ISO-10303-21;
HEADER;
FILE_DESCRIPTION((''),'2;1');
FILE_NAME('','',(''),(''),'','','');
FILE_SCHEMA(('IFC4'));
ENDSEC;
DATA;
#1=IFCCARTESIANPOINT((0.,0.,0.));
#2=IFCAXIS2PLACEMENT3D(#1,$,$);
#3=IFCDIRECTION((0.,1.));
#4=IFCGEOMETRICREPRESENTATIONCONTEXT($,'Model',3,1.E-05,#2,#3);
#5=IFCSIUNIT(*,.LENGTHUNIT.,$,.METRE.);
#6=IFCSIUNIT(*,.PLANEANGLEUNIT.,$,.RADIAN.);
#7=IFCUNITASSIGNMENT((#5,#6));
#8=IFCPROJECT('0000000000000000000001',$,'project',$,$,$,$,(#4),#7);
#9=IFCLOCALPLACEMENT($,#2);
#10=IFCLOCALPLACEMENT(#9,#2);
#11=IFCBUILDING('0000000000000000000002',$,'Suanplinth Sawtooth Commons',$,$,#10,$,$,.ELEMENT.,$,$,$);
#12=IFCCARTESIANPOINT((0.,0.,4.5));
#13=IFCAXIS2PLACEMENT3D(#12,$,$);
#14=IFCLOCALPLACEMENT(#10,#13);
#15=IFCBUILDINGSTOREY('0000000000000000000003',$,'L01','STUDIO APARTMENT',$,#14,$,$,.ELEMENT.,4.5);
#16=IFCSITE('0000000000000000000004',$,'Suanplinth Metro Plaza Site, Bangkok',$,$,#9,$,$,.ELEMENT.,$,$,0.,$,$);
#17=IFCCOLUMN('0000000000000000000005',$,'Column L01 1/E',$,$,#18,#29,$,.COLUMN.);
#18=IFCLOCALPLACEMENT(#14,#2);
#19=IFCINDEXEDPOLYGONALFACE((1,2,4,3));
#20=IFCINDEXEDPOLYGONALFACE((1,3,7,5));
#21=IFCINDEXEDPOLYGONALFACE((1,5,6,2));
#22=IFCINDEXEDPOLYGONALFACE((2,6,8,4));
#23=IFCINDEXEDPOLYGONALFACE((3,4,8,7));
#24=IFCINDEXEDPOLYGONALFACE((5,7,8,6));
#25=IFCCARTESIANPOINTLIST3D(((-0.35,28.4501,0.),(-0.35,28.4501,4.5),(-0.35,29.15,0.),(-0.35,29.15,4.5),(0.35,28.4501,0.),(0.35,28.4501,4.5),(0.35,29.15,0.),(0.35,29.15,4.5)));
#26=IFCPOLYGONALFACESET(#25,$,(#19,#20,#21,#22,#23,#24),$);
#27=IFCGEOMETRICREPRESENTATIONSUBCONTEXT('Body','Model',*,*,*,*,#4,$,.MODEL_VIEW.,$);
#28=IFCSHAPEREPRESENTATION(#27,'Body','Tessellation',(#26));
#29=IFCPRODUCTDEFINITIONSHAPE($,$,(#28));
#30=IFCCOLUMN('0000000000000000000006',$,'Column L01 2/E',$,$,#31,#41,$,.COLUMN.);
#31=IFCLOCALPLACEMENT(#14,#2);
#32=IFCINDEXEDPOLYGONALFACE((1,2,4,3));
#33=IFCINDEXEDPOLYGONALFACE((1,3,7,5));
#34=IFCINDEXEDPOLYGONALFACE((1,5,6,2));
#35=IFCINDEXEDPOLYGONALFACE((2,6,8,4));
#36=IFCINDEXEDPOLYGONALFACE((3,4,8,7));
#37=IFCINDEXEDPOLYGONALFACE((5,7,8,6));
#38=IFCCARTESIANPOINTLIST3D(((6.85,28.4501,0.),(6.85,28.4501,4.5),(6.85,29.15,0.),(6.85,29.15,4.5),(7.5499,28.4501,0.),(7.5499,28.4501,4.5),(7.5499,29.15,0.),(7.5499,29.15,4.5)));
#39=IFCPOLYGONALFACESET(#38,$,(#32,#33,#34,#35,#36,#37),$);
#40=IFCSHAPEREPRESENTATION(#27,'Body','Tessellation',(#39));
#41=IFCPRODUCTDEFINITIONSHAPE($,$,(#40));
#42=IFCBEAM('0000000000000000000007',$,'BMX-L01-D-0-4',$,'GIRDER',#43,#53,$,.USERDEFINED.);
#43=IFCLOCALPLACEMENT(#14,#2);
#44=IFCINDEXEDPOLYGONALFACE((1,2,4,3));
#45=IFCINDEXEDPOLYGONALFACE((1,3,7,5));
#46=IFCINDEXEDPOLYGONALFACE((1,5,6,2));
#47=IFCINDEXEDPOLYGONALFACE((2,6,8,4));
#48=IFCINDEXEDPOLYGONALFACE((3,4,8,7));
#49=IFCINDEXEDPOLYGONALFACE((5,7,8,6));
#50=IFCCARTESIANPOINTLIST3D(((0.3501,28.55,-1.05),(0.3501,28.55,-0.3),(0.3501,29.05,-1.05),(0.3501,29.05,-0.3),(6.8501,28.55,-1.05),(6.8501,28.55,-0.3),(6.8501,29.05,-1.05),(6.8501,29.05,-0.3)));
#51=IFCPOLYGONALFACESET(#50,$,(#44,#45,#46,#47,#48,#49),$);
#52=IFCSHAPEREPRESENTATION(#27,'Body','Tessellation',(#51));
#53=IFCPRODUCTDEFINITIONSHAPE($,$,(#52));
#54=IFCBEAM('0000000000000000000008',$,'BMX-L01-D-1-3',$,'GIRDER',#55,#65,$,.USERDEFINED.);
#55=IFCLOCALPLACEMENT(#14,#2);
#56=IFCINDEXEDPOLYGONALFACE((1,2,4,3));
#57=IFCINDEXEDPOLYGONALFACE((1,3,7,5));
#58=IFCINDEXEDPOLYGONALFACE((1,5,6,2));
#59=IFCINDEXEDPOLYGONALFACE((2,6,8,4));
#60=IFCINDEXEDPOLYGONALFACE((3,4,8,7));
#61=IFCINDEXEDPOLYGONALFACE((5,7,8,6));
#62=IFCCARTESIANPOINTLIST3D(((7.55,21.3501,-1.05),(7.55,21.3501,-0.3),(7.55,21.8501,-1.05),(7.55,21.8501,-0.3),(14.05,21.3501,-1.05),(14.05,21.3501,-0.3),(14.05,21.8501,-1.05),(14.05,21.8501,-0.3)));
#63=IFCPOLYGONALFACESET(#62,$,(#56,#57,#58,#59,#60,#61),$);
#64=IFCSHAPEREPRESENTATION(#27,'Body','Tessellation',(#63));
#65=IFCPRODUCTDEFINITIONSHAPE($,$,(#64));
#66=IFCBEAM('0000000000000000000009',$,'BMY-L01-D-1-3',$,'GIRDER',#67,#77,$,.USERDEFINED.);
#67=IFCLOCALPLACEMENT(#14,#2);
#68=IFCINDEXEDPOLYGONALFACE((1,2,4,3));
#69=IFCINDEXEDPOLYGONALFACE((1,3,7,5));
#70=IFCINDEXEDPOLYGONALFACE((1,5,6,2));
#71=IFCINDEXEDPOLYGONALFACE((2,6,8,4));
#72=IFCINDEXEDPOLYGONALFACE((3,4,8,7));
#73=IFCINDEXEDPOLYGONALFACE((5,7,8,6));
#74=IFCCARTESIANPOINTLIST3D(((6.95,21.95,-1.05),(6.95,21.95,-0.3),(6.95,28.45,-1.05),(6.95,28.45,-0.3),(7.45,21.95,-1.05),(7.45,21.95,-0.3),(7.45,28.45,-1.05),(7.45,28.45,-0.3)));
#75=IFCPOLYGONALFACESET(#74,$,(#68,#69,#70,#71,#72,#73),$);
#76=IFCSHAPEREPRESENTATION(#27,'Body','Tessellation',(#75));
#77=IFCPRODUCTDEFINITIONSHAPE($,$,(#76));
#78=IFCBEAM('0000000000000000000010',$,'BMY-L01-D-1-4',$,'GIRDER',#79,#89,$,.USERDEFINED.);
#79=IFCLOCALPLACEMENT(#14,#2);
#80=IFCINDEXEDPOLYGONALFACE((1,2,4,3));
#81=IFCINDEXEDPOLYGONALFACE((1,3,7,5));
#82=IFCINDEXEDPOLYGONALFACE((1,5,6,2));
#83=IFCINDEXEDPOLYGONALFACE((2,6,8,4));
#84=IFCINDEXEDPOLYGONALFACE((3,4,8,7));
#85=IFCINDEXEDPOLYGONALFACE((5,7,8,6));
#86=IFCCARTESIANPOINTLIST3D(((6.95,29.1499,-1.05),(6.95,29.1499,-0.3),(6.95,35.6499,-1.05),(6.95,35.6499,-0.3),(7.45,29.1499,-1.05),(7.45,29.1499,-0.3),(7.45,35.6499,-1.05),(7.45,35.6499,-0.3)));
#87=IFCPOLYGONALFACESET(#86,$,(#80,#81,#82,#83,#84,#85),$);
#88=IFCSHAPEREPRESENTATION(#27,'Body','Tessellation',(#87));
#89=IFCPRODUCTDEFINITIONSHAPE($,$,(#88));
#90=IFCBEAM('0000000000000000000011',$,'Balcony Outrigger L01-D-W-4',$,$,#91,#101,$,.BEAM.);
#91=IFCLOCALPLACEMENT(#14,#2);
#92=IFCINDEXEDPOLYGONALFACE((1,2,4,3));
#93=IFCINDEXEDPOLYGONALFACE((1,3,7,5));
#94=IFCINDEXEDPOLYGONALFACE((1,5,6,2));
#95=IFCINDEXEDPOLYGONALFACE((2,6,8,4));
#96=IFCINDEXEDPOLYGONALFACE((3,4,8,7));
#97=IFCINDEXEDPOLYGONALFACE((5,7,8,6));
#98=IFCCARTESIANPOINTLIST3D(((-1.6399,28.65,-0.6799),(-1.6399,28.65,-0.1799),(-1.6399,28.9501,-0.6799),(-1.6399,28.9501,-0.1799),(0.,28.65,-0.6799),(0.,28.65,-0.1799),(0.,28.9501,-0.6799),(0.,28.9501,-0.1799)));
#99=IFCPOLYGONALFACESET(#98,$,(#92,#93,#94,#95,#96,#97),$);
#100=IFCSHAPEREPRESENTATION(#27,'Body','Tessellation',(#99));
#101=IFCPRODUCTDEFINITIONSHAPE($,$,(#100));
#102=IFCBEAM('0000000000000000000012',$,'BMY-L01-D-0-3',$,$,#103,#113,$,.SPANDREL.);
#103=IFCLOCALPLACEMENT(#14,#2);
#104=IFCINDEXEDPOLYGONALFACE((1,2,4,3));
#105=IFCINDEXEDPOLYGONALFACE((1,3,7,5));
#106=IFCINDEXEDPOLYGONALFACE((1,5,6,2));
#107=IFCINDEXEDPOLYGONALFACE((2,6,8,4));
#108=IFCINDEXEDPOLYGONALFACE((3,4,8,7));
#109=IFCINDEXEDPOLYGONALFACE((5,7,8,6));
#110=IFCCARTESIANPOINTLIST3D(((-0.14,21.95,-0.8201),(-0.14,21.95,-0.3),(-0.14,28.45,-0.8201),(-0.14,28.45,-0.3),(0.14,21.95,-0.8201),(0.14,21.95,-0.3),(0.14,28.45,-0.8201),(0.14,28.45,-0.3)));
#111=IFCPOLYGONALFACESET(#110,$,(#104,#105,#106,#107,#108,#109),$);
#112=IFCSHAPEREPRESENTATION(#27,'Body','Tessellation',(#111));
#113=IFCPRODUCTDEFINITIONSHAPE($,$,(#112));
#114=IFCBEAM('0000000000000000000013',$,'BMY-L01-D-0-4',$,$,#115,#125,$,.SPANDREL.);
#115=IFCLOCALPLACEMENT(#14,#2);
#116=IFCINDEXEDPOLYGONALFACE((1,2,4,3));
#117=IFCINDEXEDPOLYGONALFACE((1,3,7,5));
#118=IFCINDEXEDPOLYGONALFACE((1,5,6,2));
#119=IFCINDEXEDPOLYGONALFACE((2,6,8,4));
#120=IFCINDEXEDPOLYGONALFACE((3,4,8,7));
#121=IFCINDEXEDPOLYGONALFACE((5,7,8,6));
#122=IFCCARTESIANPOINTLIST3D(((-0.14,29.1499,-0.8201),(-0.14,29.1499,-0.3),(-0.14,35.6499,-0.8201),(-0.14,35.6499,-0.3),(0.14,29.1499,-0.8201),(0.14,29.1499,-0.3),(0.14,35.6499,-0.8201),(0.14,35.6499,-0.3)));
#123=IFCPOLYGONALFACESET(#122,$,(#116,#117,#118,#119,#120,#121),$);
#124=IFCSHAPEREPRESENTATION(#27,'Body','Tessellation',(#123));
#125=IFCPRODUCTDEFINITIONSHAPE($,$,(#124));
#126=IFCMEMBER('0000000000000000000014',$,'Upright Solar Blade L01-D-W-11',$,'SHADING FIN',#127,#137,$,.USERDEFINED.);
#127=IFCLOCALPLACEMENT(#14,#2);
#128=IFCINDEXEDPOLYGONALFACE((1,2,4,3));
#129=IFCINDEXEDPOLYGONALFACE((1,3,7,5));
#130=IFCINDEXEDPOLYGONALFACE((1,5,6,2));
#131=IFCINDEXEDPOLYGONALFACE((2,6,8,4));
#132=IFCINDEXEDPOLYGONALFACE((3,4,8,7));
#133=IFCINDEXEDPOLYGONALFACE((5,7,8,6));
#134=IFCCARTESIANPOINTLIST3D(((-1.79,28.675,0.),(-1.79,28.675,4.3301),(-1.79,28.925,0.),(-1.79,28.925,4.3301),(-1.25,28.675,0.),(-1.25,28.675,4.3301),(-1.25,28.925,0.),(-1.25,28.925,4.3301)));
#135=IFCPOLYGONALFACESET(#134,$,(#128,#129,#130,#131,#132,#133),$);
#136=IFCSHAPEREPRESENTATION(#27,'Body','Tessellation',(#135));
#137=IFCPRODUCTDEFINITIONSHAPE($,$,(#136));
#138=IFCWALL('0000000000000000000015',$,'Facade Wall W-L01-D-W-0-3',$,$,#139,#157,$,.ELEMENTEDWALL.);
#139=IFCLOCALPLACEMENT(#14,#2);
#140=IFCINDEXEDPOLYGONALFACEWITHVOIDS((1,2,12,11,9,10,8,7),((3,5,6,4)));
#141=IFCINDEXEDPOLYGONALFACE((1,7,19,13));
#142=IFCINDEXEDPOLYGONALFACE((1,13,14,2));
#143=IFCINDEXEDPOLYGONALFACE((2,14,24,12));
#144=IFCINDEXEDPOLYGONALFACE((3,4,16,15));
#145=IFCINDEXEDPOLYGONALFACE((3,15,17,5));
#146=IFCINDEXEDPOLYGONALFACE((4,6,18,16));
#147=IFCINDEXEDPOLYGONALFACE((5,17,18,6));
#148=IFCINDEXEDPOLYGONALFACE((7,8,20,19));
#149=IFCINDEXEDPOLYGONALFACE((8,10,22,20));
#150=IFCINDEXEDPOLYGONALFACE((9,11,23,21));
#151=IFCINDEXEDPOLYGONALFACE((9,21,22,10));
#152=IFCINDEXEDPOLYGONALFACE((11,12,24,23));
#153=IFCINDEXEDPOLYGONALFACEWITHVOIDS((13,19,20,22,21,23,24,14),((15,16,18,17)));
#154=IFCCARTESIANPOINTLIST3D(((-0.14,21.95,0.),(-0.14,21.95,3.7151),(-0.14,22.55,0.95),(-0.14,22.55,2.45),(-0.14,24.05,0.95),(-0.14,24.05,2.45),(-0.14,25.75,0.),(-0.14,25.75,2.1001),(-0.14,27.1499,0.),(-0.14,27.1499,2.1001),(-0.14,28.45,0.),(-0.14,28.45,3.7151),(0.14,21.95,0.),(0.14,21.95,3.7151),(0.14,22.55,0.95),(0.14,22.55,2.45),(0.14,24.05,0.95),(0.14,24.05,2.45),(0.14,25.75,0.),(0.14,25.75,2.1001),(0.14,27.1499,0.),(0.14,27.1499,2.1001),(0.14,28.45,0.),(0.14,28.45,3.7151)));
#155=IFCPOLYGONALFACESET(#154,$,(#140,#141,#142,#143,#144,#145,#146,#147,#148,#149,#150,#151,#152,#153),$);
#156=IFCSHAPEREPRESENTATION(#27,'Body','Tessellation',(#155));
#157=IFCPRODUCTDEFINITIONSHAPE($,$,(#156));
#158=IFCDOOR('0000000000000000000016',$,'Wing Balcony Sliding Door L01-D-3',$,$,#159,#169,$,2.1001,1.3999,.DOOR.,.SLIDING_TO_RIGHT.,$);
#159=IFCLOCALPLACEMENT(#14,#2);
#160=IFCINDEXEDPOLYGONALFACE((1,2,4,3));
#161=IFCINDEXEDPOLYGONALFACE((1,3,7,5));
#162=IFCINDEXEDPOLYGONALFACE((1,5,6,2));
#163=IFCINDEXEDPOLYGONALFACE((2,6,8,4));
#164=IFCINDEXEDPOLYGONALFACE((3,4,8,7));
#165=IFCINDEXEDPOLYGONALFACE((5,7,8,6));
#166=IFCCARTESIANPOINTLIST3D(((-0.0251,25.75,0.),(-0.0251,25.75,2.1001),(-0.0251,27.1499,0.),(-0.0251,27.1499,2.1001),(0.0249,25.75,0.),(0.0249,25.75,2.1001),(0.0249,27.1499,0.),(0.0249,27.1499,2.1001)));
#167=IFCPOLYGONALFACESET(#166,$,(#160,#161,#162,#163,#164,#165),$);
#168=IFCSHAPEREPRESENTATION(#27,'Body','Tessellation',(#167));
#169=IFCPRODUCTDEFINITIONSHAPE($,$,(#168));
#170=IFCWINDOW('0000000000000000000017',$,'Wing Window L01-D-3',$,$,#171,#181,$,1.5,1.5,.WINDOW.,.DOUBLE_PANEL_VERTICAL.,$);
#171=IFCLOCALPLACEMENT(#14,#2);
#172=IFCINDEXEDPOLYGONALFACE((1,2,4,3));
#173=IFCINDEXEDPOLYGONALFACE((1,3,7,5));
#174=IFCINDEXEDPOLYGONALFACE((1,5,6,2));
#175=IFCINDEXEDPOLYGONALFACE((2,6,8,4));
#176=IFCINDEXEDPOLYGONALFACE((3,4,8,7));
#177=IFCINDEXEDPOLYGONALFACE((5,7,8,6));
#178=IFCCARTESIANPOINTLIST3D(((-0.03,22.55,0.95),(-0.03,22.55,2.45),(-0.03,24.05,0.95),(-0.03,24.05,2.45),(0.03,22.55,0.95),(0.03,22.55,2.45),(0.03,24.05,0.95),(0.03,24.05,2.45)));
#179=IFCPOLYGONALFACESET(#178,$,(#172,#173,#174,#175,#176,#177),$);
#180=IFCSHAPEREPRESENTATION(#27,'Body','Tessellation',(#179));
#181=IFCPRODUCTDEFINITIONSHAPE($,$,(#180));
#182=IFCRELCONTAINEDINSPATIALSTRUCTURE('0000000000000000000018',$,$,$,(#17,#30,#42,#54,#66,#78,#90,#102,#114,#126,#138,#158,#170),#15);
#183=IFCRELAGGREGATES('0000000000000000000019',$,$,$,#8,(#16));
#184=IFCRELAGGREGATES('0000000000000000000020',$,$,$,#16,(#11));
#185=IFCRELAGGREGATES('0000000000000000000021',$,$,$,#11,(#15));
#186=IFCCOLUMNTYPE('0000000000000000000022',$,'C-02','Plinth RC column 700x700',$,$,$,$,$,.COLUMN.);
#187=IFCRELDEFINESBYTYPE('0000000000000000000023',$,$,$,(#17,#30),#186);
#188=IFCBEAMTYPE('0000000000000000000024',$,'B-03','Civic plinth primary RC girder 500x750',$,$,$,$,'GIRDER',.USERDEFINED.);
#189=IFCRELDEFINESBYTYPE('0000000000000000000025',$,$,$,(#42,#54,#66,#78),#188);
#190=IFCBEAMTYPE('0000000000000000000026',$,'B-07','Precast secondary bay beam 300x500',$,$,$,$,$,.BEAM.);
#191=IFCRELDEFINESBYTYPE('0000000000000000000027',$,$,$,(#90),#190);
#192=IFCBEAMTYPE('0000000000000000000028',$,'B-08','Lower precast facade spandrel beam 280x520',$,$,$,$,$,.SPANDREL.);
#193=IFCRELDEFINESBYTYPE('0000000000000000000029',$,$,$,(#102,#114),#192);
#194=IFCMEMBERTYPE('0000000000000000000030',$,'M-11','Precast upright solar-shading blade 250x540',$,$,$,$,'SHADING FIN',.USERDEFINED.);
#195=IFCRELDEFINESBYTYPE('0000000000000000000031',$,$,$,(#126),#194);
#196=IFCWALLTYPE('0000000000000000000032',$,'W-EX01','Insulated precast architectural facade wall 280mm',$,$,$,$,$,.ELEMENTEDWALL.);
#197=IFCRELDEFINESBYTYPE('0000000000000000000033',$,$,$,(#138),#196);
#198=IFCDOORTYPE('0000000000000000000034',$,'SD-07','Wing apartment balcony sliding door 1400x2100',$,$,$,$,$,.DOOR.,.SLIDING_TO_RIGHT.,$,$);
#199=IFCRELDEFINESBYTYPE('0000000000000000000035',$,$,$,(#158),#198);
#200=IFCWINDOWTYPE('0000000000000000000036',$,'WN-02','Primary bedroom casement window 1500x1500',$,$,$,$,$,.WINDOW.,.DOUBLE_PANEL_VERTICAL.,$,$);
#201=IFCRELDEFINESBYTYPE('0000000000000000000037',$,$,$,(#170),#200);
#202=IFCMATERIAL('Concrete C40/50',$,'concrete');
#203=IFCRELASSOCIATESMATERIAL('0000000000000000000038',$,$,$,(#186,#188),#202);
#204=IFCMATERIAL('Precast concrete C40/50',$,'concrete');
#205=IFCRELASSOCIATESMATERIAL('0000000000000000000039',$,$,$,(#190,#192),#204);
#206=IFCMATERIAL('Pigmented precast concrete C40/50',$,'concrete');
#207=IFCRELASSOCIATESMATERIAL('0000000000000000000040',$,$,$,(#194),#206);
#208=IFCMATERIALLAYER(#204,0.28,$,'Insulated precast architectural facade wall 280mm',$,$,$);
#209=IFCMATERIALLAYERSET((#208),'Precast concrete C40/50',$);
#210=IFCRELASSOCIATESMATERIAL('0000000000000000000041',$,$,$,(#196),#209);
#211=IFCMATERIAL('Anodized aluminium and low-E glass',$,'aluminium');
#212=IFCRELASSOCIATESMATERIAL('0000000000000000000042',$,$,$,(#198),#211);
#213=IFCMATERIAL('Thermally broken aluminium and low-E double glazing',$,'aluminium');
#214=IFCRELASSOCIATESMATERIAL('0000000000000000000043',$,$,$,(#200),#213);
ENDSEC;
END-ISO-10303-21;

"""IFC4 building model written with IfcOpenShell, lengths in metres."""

from ifc_helpers import new_model, si_unit, direction, frame, frame_2d, origin, origin_2d, place, context, subcontext, project, spatial, rectangle, extrude, material, layer, layer_set, material_profile, profile_set, type_object, element, fill, save


model = new_model("IFC4")

# Units and contexts
model_context = context("Model", 3, precision=1e-05, world=origin(), true_north=direction((0.0, 1.0)))
body_context = subcontext(model_context, "Body", "Model", "MODEL_VIEW")
ifc_project = project(units=[si_unit("LENGTHUNIT", "METRE"), si_unit("PLANEANGLEUNIT", "RADIAN")], contexts=[model_context])

# Site, building, storey
site_placement = place(None, origin())
site = spatial("IfcSite", under=ifc_project, at=site_placement, Name="Suanplinth Metro Plaza Site, Bangkok", CompositionType="ELEMENT", RefElevation=0.0)
building_placement = place(site_placement, origin())
building = spatial("IfcBuilding", under=site, at=building_placement, Name="Suanplinth Sawtooth Commons", CompositionType="ELEMENT")
storey_placement = place(building_placement, frame((0.0, 0.0, 4.5)))
storey = spatial("IfcBuildingStorey", under=building, at=storey_placement, Name="L01", Description="STUDIO APARTMENT", CompositionType="ELEMENT", Elevation=4.5)

# Columns
ifc_material_1 = material(Name="Concrete C40/50", Category="concrete")
ifc_material_profile_1 = material_profile(ifc_material_1, rectangle(XDim=0.7, YDim=0.7, at=origin_2d()), Name="RC-COL 700x700")
ifc_profile_set_1 = profile_set([ifc_material_profile_1], Name="Concrete C40/50")
column_type = type_object("IfcColumnType", Name="C-02", Description="Plinth RC column 700x700", PredefinedType="COLUMN", material=ifc_profile_set_1)
for number, where, z_axis, x_axis, name in (
    (1, (0.0, 28.8, 0.0), (0.0, 0.0, 1.0), (1.0, 0.0, 0.0), "Column L01 1/E"),
    (2, (7.2, 28.8, 0.0), (0.0, 0.0, 1.0), (1.0, 0.0, 0.0), "Column L01 2/E"),
):
    element("IfcColumn", number, at=place(storey_placement, frame(where, z_axis=z_axis, x_axis=x_axis)), inside=storey, type_object=column_type, Name=name, PredefinedType="COLUMN", context=body_context, shape_type="SweptSolid", body=[
        extrude(rectangle(XDim=0.7, YDim=0.7, at=origin_2d()), origin(), (0.0, 0.0, 1.0), 4.5),
    ])

# Beams
ifc_material_profile_2 = material_profile(ifc_material_1, rectangle(XDim=0.5, YDim=0.75, at=origin_2d()), Name="RC-GDR 500x750")
ifc_profile_set_2 = profile_set([ifc_material_profile_2], Name="Concrete C40/50")
beam_type_1 = type_object("IfcBeamType", Name="B-03", Description="Civic plinth primary RC girder 500x750", ElementType="GIRDER", PredefinedType="USERDEFINED", material=ifc_profile_set_2)
for number, where, z_axis, x_axis, name in (
    (3, (0.3501, 28.8, -0.675), (1.0, 0.0, 0.0), (0.0, 1.0, 0.0), "BMX-L01-D-0-4"),
    (4, (7.55, 21.6001, -0.675), (1.0, 0.0, 0.0), (0.0, 1.0, 0.0), "BMX-L01-D-1-3"),
    (5, (7.2, 21.95, -0.675), (0.0, 1.0, 0.0), (-1.0, 0.0, 0.0), "BMY-L01-D-1-3"),
    (6, (7.2, 29.1499, -0.675), (0.0, 1.0, 0.0), (-1.0, 0.0, 0.0), "BMY-L01-D-1-4"),
):
    element("IfcBeam", number, at=place(storey_placement, frame(where, z_axis=z_axis, x_axis=x_axis)), inside=storey, type_object=beam_type_1, Name=name, ObjectType="GIRDER", PredefinedType="USERDEFINED", context=body_context, shape_type="SweptSolid", body=[
        extrude(rectangle(XDim=0.5, YDim=0.75, at=origin_2d()), origin(), (0.0, 0.0, 1.0), 6.5),
    ])
ifc_material_2 = material(Name="Precast concrete C40/50", Category="concrete")
ifc_material_profile_3 = material_profile(ifc_material_2, rectangle(XDim=0.3, YDim=0.5, at=origin_2d()), Name="PC-BM 300x500")
ifc_profile_set_3 = profile_set([ifc_material_profile_3], Name="Precast concrete C40/50")
beam_type_2 = type_object("IfcBeamType", Name="B-07", Description="Precast secondary bay beam 300x500", PredefinedType="BEAM", material=ifc_profile_set_3)
beam_placement = place(storey_placement, frame((0.0, 28.8, -0.4299), z_axis=(-1.0, 0.0, 0.0), x_axis=(0.0, -1.0, 0.0)))
element("IfcBeam", 7, at=beam_placement, inside=storey, type_object=beam_type_2, Name="Balcony Outrigger L01-D-W-4", PredefinedType="BEAM", context=body_context, shape_type="SweptSolid", body=[
    extrude(rectangle(XDim=0.3, YDim=0.5, at=origin_2d()), origin(), (0.0, 0.0, 1.0), 1.6399),
])
ifc_material_profile_4 = material_profile(ifc_material_2, rectangle(XDim=0.28, YDim=0.52, at=origin_2d()), Name="PC-SP 280x520")
ifc_profile_set_4 = profile_set([ifc_material_profile_4], Name="Precast concrete C40/50")
beam_type_3 = type_object("IfcBeamType", Name="B-08", Description="Lower precast facade spandrel beam 280x520", PredefinedType="SPANDREL", material=ifc_profile_set_4)
for number, where, z_axis, x_axis, name in (
    (8, (0.0, 21.95, -0.5601), (0.0, 1.0, 0.0), (-1.0, 0.0, 0.0), "BMY-L01-D-0-3"),
    (9, (0.0, 29.1499, -0.5601), (0.0, 1.0, 0.0), (-1.0, 0.0, 0.0), "BMY-L01-D-0-4"),
):
    element("IfcBeam", number, at=place(storey_placement, frame(where, z_axis=z_axis, x_axis=x_axis)), inside=storey, type_object=beam_type_3, Name=name, PredefinedType="SPANDREL", context=body_context, shape_type="SweptSolid", body=[
        extrude(rectangle(XDim=0.28, YDim=0.52, at=origin_2d()), origin(), (0.0, 0.0, 1.0), 6.5),
    ])

# Member
ifc_material_3 = material(Name="Pigmented precast concrete C40/50", Category="concrete")
ifc_material_profile_5 = material_profile(ifc_material_3, rectangle(XDim=0.25, YDim=0.54, at=origin_2d()), Name="PC-FIN 250x540")
ifc_profile_set_5 = profile_set([ifc_material_profile_5], Name="Pigmented precast concrete C40/50")
member_type = type_object("IfcMemberType", Name="M-11", Description="Precast upright solar-shading blade 250x540", ElementType="SHADING FIN", PredefinedType="USERDEFINED", material=ifc_profile_set_5)
member_placement = place(storey_placement, frame((-1.52, 28.8, 0.0), z_axis=(0.0, 0.0, 1.0), x_axis=(0.0, 1.0, 0.0)))
element("IfcMember", 10, at=member_placement, inside=storey, type_object=member_type, Name="Upright Solar Blade L01-D-W-11", ObjectType="SHADING FIN", PredefinedType="USERDEFINED", context=body_context, shape_type="SweptSolid", body=[
    extrude(rectangle(XDim=0.25, YDim=0.54, at=origin_2d()), origin(), (0.0, 0.0, 1.0), 4.3301),
])

# Wall, openings, door, window
ifc_layer_1 = layer(ifc_material_2, 0.28, Name="Insulated precast architectural facade wall 280mm")
ifc_layer_set_1 = layer_set([ifc_layer_1], Name="Precast concrete C40/50")
wall_type_1 = type_object("IfcWallType", Name="W-EX01", Description="Insulated precast architectural facade wall 280mm", PredefinedType="ELEMENTEDWALL", material=ifc_layer_set_1)
wall_1_placement = place(storey_placement, frame((0.0, 21.95, 0.0), z_axis=(0.0, 0.0, 1.0), x_axis=(0.0, 1.0, 0.0)))
wall_1 = element("IfcWall", 11, at=wall_1_placement, inside=storey, type_object=wall_type_1, Name="Facade Wall W-L01-D-W-0-3", PredefinedType="ELEMENTEDWALL", context=body_context, shape_type="SweptSolid", body=[
    extrude(rectangle(XDim=6.5, YDim=0.28, at=frame_2d((3.25, 0.0))), origin(), (0.0, 0.0, 1.0), 3.7151),
])
opening_1_placement = place(wall_1_placement, frame((3.8, 0.0, 0.0)))
opening_1 = element("IfcOpeningElement", 12, at=opening_1_placement, cuts=wall_1, PredefinedType="OPENING", context=body_context, shape_type="SweptSolid", body=[
    extrude(rectangle(XDim=1.3999, YDim=2.1001, at=frame_2d((0.7, 1.05))), frame((0.0, 0.1548, 0.0), z_axis=(0.0, -1.0, 0.0), x_axis=(1.0, 0.0, 0.0)), (0.0, 0.0, 1.0), 0.3098),
])
opening_2_placement = place(wall_1_placement, frame((0.6001, 0.0, 0.95)))
opening_2 = element("IfcOpeningElement", 13, at=opening_2_placement, cuts=wall_1, PredefinedType="OPENING", context=body_context, shape_type="SweptSolid", body=[
    extrude(rectangle(XDim=1.5, YDim=1.5, at=frame_2d((0.75, 0.75))), frame((0.0, 0.1548, 0.0), z_axis=(0.0, -1.0, 0.0), x_axis=(1.0, 0.0, 0.0)), (0.0, 0.0, 1.0), 0.3098),
])
ifc_material_4 = material(Name="Anodized aluminium and low-E glass", Category="aluminium")
door_type_1 = type_object("IfcDoorType", Name="SD-07", Description="Wing apartment balcony sliding door 1400x2100", OperationType="SLIDING_TO_RIGHT", PredefinedType="DOOR", material=ifc_material_4)
door_1_placement = place(opening_1_placement, frame((1.3999, 0.0, 0.0), z_axis=(0.0, 0.0, 1.0), x_axis=(-1.0, 0.0, 0.0)))
door_1 = element("IfcDoor", 14, at=door_1_placement, inside=storey, type_object=door_type_1, Name="Wing Balcony Sliding Door L01-D-3", OperationType="SLIDING_TO_RIGHT", OverallHeight=2.1001, OverallWidth=1.3999, PredefinedType="DOOR", context=body_context, shape_type="SweptSolid", body=[
    extrude(rectangle(XDim=1.3999, YDim=2.1001, at=frame_2d((0.7, 1.05))), frame((0.0, 0.0249, 0.0), z_axis=(0.0, -1.0, 0.0), x_axis=(1.0, 0.0, 0.0)), (0.0, 0.0, 1.0), 0.05),
])
fill(opening_1, door_1)
ifc_material_5 = material(Name="Thermally broken aluminium and low-E double glazing", Category="aluminium")
window_type = type_object("IfcWindowType", Name="WN-02", Description="Primary bedroom casement window 1500x1500", PartitioningType="DOUBLE_PANEL_VERTICAL", PredefinedType="WINDOW", material=ifc_material_5)
window_1_placement = place(opening_2_placement, origin())
window_1 = element("IfcWindow", 15, at=window_1_placement, inside=storey, type_object=window_type, Name="Wing Window L01-D-3", OverallHeight=1.5, OverallWidth=1.5, PartitioningType="DOUBLE_PANEL_VERTICAL", PredefinedType="WINDOW", context=body_context, shape_type="SweptSolid", body=[
    extrude(rectangle(XDim=1.5, YDim=1.5, at=frame_2d((0.75, 0.75))), frame((0.0, 0.03, 0.0), z_axis=(0.0, -1.0, 0.0), x_axis=(1.0, 0.0, 0.0)), (0.0, 0.0, 1.0), 0.0601),
])
fill(opening_2, window_1)

save(model, "model.ifc")
